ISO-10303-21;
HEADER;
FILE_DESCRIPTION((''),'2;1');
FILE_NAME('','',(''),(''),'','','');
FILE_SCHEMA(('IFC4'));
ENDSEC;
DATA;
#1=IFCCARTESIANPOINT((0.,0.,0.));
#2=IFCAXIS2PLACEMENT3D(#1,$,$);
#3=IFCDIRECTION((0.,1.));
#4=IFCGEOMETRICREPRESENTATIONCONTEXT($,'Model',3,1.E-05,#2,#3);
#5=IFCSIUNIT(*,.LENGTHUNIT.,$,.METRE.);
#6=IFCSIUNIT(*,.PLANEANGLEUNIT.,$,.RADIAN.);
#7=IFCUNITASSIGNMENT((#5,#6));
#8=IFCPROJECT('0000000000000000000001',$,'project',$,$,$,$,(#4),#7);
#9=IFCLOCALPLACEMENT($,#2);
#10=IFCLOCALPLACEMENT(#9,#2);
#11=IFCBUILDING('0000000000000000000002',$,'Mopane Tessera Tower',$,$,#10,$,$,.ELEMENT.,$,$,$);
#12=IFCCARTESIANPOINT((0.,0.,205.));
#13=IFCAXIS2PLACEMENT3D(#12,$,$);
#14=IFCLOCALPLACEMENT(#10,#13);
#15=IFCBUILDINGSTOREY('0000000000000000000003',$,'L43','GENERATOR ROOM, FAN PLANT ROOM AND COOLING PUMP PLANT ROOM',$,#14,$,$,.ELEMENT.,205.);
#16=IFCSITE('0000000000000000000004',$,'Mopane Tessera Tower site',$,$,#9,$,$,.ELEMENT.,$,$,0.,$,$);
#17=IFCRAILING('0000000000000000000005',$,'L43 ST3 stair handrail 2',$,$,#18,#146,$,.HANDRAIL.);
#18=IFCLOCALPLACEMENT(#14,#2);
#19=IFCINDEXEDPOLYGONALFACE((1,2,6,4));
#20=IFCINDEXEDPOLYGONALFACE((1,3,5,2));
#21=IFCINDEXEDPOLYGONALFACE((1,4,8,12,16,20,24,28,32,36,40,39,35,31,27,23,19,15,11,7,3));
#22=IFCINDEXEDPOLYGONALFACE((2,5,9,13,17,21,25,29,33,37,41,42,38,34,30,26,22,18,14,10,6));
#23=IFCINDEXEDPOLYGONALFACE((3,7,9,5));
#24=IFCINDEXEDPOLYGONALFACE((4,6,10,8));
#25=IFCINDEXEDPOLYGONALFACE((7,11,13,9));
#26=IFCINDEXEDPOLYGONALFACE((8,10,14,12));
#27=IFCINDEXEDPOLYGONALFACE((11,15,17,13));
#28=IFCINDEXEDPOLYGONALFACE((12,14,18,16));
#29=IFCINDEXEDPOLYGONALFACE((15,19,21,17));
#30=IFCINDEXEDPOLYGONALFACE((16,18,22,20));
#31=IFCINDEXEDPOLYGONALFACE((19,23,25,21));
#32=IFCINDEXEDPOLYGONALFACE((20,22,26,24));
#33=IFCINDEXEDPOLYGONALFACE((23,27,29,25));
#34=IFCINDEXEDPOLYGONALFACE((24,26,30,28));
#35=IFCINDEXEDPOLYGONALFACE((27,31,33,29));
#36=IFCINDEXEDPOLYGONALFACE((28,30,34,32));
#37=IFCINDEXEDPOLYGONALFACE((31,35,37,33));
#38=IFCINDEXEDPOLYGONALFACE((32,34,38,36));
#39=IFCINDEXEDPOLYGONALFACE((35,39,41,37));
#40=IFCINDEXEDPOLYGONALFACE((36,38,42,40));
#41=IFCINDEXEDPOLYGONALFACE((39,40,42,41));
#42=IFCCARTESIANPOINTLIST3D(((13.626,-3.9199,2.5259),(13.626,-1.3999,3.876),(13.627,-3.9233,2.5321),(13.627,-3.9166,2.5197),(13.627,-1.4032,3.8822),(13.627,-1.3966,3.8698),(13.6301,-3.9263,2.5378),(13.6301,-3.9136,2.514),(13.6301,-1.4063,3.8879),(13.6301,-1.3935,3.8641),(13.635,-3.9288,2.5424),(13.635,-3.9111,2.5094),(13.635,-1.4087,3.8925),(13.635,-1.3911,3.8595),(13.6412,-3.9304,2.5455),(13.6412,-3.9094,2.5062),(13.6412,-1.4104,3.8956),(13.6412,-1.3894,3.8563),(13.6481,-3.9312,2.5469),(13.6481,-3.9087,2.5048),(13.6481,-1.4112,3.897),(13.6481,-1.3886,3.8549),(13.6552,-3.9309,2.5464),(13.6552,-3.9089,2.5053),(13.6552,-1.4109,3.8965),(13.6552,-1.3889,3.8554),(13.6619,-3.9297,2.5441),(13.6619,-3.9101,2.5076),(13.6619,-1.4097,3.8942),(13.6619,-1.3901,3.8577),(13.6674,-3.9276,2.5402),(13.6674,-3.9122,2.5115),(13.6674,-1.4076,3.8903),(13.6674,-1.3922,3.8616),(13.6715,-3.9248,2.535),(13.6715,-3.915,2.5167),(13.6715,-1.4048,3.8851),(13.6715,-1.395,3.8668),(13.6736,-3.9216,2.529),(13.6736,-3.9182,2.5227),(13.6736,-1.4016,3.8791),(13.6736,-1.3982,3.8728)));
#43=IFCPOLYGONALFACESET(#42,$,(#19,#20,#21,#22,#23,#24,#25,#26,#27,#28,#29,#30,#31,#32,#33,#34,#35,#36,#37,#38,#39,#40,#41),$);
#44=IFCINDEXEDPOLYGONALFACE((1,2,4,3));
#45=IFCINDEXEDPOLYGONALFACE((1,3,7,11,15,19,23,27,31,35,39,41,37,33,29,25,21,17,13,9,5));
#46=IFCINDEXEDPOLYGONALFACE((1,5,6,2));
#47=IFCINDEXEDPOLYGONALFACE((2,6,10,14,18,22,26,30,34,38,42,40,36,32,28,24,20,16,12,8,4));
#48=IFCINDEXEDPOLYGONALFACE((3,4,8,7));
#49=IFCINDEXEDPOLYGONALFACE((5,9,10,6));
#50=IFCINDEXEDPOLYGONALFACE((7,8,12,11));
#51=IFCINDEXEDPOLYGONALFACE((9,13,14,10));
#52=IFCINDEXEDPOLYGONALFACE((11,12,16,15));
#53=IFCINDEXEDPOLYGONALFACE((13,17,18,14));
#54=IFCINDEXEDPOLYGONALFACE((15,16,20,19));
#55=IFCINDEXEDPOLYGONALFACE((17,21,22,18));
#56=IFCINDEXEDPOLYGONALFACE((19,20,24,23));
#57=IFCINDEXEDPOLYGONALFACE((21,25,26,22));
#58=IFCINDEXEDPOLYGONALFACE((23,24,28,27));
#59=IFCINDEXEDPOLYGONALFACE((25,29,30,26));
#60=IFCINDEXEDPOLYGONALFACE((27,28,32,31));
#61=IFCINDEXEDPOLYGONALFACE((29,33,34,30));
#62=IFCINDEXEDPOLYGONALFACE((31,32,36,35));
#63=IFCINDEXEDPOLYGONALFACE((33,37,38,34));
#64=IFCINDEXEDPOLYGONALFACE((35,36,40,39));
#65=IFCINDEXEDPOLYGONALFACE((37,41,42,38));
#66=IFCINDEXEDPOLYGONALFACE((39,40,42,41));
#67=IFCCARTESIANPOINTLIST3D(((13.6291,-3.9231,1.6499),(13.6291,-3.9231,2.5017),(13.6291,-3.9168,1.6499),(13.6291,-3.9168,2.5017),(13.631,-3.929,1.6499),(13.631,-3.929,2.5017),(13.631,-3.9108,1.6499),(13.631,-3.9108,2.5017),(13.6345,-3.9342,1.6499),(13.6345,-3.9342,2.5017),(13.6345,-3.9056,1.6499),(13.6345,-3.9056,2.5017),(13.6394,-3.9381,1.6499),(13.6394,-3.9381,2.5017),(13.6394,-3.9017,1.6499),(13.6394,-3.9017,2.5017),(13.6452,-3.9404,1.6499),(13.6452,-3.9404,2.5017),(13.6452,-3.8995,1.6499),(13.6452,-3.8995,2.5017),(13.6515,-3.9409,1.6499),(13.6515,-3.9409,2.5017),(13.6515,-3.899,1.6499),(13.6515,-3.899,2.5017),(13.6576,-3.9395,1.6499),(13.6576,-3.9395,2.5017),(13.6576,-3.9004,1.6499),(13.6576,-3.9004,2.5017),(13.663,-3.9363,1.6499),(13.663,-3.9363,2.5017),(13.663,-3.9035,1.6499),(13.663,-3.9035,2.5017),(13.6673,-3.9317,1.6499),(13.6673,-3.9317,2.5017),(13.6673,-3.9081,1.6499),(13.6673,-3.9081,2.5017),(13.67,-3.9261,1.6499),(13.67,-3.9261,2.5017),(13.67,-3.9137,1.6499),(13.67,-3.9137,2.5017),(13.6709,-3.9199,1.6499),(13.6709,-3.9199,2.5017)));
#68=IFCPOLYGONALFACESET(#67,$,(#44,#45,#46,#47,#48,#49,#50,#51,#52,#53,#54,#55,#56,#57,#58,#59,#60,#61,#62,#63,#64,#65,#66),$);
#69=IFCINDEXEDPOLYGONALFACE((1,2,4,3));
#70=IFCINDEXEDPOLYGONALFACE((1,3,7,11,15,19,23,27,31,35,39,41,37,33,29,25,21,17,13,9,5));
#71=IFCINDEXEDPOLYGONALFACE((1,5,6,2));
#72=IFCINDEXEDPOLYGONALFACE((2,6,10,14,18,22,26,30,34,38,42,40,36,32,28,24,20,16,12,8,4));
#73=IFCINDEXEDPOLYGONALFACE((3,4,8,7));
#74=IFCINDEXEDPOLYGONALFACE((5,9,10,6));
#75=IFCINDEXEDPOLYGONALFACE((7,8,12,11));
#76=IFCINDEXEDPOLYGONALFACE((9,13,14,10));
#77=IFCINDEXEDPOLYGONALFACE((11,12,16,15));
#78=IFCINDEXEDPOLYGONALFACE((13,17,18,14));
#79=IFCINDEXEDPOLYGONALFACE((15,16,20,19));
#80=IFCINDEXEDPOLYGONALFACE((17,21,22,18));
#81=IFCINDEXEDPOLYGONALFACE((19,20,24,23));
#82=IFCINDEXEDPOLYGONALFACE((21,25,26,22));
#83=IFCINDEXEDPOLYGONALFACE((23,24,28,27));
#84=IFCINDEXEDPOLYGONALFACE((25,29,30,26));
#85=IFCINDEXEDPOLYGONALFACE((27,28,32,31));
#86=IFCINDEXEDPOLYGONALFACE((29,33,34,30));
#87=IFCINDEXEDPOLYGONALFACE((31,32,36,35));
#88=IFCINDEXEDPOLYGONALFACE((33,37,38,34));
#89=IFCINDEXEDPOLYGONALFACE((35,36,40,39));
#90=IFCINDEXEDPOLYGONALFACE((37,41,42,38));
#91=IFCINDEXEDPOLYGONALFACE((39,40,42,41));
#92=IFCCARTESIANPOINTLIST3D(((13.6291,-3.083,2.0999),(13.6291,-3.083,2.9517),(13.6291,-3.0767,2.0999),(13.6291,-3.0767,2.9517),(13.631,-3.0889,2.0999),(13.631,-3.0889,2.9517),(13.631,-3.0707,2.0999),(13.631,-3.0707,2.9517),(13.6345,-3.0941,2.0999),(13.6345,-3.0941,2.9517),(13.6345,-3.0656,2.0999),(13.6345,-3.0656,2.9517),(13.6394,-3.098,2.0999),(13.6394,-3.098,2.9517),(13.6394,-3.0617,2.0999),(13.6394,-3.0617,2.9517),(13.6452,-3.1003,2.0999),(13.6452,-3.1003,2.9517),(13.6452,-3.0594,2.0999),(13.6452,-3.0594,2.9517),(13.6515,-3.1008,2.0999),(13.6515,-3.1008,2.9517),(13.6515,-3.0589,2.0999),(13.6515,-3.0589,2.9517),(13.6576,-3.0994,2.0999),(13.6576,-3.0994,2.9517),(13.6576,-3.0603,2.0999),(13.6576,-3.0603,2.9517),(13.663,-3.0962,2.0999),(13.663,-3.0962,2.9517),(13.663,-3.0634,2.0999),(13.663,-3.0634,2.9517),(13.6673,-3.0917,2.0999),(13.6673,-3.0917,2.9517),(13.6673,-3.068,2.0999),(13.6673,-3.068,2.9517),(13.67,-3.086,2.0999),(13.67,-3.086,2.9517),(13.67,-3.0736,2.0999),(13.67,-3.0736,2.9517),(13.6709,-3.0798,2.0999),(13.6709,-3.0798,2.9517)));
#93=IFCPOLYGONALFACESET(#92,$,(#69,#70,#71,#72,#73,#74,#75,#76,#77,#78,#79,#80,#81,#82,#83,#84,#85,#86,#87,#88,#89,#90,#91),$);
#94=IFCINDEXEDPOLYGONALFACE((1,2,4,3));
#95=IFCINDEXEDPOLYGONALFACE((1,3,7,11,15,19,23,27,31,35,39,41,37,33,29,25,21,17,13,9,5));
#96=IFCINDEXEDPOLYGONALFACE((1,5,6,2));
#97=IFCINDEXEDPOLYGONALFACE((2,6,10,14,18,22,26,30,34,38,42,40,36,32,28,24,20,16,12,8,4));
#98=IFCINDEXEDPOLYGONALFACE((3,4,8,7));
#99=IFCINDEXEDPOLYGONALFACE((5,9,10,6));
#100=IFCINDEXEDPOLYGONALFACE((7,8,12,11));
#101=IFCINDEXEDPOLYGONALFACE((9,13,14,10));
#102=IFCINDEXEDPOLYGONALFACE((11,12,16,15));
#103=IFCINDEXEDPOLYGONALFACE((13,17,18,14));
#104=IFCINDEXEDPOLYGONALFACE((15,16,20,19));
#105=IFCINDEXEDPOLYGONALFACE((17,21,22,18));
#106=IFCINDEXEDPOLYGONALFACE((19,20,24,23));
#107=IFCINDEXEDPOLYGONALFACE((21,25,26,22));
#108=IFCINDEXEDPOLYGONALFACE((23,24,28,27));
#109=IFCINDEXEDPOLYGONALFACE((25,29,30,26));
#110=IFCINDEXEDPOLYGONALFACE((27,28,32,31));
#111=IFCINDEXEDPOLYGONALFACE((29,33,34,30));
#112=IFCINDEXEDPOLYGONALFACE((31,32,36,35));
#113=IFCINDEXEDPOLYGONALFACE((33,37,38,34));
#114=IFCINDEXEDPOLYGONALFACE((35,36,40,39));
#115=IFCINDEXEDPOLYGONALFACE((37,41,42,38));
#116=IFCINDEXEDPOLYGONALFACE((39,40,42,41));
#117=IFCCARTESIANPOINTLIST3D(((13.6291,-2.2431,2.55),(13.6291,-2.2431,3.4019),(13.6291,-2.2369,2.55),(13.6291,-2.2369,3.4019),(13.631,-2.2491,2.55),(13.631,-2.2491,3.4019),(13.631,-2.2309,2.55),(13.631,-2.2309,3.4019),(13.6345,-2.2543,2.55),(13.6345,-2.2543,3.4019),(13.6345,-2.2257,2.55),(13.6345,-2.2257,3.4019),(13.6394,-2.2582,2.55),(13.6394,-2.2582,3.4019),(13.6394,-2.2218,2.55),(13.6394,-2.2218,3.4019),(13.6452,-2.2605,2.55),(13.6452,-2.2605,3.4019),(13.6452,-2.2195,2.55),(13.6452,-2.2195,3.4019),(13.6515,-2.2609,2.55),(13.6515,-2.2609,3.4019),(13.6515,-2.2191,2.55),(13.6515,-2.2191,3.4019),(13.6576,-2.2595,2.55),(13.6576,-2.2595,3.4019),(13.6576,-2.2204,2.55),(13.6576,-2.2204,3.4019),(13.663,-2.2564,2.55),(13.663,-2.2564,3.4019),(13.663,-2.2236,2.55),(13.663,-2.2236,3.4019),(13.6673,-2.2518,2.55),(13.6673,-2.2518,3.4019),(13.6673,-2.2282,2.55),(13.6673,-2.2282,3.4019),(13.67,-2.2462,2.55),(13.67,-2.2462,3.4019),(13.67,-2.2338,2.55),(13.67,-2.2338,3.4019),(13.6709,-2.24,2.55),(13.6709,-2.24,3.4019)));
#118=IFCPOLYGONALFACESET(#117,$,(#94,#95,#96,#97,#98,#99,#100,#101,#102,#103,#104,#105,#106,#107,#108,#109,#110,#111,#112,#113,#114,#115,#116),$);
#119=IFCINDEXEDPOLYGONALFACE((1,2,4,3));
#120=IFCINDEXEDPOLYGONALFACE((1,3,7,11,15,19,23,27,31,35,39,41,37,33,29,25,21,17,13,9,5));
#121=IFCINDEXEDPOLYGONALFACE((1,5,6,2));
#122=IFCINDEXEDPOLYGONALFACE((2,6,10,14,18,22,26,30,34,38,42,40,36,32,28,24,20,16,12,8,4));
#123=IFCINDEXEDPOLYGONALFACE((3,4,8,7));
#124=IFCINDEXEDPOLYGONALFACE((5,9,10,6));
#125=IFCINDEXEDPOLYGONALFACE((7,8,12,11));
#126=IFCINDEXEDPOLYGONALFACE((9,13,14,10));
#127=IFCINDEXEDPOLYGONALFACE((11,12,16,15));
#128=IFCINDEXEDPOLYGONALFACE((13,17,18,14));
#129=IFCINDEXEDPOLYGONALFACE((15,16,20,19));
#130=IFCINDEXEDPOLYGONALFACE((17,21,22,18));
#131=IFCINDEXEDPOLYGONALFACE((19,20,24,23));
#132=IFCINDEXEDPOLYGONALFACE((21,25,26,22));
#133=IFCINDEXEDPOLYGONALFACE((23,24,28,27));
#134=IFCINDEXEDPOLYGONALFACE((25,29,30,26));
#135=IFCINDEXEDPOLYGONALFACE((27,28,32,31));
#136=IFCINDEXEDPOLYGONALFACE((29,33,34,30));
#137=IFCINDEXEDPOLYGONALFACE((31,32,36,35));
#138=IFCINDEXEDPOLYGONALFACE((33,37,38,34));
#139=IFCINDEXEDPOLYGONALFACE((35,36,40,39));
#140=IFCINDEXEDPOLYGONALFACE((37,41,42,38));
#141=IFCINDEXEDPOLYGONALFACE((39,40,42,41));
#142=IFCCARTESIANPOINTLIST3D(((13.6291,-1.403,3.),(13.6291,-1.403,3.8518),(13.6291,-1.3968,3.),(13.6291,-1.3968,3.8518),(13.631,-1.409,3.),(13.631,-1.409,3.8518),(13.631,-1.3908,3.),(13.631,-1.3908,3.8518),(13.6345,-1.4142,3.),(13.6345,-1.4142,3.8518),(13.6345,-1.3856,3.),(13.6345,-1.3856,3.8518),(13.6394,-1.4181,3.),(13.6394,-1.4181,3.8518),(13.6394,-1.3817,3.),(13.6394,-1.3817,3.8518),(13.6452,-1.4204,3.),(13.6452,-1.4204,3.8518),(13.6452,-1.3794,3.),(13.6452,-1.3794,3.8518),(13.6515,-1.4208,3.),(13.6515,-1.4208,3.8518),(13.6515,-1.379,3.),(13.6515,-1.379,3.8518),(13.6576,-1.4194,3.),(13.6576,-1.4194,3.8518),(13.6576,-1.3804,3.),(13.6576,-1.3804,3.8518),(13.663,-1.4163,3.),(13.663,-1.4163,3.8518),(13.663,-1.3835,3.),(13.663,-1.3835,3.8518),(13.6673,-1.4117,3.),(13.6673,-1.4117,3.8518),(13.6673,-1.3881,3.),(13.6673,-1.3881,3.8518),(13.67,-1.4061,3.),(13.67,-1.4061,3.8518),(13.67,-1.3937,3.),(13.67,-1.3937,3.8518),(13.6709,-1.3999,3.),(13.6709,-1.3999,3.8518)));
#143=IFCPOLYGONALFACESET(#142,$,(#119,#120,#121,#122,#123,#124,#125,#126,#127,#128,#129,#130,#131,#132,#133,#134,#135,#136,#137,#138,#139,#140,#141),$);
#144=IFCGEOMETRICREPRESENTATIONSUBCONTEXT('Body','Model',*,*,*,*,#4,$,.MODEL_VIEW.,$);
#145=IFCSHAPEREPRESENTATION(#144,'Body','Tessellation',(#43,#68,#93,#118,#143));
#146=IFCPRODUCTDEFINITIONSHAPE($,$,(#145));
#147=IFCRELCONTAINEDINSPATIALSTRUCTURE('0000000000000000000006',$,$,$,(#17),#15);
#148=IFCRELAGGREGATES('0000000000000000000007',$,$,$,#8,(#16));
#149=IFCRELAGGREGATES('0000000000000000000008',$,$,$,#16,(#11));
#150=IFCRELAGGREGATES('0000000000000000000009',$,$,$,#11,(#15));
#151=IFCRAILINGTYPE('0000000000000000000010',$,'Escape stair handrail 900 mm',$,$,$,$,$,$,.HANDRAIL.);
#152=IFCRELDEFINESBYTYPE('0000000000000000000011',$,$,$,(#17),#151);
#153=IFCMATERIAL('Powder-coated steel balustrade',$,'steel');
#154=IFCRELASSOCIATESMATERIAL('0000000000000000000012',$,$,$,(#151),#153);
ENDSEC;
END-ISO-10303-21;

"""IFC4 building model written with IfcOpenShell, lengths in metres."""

from ifc_helpers import new_model, si_unit, direction, frame, origin, origin_2d, place, context, subcontext, project, spatial, circle, extrude, material, type_object, element, save


model = new_model("IFC4")

# Units and contexts
model_context = context("Model", 3, precision=1e-05, world=origin(), true_north=direction((0.0, 1.0)))
body_context = subcontext(model_context, "Body", "Model", "MODEL_VIEW")
ifc_project = project(units=[si_unit("LENGTHUNIT", "METRE"), si_unit("PLANEANGLEUNIT", "RADIAN")], contexts=[model_context])

# Site, building, storey
site_placement = place(None, origin())
site = spatial("IfcSite", under=ifc_project, at=site_placement, Name="Mopane Tessera Tower site", CompositionType="ELEMENT", RefElevation=0.0)
building_placement = place(site_placement, origin())
building = spatial("IfcBuilding", under=site, at=building_placement, Name="Mopane Tessera Tower", CompositionType="ELEMENT")
storey_placement = place(building_placement, frame((0.0, 0.0, 205.0)))
storey = spatial("IfcBuildingStorey", under=building, at=storey_placement, Name="L43", Description="GENERATOR ROOM, FAN PLANT ROOM AND COOLING PUMP PLANT ROOM", CompositionType="ELEMENT", Elevation=205.0)

# Railing
ifc_material_1 = material(Name="Powder-coated steel balustrade", Category="steel")
railing_type_1 = type_object("IfcRailingType", Name="Escape stair handrail 900 mm", PredefinedType="HANDRAIL", material=ifc_material_1)
railing_1_placement = place(storey_placement, frame((13.6499, -3.9199, 1.6499)))
element("IfcRailing", 1, at=railing_1_placement, inside=storey, type_object=railing_type_1, Name="L43 ST3 stair handrail 2", PredefinedType="HANDRAIL", context=body_context, shape_type="SweptSolid", body=[
    extrude(circle(Radius=0.0239, at=origin_2d()), frame((0.0, 0.0, 0.876), z_axis=(0.0, 0.881467, 0.472245), x_axis=(-1.0, 0.0, 0.0)), (0.0, 0.0, 1.0), 2.8589),
    extrude(circle(Radius=0.021, at=origin_2d()), origin(), (0.0, 0.0, 1.0), 0.8518),
    extrude(circle(Radius=0.021, at=origin_2d()), frame((0.0, 0.8401, 0.45)), (0.0, 0.0, 1.0), 0.8518),
    extrude(circle(Radius=0.021, at=origin_2d()), frame((0.0, 1.6799, 0.9001)), (0.0, 0.0, 1.0), 0.8518),
    extrude(circle(Radius=0.021, at=origin_2d()), frame((0.0, 2.52, 1.3501)), (0.0, 0.0, 1.0), 0.8518),
])

save(model, "model.ifc")
